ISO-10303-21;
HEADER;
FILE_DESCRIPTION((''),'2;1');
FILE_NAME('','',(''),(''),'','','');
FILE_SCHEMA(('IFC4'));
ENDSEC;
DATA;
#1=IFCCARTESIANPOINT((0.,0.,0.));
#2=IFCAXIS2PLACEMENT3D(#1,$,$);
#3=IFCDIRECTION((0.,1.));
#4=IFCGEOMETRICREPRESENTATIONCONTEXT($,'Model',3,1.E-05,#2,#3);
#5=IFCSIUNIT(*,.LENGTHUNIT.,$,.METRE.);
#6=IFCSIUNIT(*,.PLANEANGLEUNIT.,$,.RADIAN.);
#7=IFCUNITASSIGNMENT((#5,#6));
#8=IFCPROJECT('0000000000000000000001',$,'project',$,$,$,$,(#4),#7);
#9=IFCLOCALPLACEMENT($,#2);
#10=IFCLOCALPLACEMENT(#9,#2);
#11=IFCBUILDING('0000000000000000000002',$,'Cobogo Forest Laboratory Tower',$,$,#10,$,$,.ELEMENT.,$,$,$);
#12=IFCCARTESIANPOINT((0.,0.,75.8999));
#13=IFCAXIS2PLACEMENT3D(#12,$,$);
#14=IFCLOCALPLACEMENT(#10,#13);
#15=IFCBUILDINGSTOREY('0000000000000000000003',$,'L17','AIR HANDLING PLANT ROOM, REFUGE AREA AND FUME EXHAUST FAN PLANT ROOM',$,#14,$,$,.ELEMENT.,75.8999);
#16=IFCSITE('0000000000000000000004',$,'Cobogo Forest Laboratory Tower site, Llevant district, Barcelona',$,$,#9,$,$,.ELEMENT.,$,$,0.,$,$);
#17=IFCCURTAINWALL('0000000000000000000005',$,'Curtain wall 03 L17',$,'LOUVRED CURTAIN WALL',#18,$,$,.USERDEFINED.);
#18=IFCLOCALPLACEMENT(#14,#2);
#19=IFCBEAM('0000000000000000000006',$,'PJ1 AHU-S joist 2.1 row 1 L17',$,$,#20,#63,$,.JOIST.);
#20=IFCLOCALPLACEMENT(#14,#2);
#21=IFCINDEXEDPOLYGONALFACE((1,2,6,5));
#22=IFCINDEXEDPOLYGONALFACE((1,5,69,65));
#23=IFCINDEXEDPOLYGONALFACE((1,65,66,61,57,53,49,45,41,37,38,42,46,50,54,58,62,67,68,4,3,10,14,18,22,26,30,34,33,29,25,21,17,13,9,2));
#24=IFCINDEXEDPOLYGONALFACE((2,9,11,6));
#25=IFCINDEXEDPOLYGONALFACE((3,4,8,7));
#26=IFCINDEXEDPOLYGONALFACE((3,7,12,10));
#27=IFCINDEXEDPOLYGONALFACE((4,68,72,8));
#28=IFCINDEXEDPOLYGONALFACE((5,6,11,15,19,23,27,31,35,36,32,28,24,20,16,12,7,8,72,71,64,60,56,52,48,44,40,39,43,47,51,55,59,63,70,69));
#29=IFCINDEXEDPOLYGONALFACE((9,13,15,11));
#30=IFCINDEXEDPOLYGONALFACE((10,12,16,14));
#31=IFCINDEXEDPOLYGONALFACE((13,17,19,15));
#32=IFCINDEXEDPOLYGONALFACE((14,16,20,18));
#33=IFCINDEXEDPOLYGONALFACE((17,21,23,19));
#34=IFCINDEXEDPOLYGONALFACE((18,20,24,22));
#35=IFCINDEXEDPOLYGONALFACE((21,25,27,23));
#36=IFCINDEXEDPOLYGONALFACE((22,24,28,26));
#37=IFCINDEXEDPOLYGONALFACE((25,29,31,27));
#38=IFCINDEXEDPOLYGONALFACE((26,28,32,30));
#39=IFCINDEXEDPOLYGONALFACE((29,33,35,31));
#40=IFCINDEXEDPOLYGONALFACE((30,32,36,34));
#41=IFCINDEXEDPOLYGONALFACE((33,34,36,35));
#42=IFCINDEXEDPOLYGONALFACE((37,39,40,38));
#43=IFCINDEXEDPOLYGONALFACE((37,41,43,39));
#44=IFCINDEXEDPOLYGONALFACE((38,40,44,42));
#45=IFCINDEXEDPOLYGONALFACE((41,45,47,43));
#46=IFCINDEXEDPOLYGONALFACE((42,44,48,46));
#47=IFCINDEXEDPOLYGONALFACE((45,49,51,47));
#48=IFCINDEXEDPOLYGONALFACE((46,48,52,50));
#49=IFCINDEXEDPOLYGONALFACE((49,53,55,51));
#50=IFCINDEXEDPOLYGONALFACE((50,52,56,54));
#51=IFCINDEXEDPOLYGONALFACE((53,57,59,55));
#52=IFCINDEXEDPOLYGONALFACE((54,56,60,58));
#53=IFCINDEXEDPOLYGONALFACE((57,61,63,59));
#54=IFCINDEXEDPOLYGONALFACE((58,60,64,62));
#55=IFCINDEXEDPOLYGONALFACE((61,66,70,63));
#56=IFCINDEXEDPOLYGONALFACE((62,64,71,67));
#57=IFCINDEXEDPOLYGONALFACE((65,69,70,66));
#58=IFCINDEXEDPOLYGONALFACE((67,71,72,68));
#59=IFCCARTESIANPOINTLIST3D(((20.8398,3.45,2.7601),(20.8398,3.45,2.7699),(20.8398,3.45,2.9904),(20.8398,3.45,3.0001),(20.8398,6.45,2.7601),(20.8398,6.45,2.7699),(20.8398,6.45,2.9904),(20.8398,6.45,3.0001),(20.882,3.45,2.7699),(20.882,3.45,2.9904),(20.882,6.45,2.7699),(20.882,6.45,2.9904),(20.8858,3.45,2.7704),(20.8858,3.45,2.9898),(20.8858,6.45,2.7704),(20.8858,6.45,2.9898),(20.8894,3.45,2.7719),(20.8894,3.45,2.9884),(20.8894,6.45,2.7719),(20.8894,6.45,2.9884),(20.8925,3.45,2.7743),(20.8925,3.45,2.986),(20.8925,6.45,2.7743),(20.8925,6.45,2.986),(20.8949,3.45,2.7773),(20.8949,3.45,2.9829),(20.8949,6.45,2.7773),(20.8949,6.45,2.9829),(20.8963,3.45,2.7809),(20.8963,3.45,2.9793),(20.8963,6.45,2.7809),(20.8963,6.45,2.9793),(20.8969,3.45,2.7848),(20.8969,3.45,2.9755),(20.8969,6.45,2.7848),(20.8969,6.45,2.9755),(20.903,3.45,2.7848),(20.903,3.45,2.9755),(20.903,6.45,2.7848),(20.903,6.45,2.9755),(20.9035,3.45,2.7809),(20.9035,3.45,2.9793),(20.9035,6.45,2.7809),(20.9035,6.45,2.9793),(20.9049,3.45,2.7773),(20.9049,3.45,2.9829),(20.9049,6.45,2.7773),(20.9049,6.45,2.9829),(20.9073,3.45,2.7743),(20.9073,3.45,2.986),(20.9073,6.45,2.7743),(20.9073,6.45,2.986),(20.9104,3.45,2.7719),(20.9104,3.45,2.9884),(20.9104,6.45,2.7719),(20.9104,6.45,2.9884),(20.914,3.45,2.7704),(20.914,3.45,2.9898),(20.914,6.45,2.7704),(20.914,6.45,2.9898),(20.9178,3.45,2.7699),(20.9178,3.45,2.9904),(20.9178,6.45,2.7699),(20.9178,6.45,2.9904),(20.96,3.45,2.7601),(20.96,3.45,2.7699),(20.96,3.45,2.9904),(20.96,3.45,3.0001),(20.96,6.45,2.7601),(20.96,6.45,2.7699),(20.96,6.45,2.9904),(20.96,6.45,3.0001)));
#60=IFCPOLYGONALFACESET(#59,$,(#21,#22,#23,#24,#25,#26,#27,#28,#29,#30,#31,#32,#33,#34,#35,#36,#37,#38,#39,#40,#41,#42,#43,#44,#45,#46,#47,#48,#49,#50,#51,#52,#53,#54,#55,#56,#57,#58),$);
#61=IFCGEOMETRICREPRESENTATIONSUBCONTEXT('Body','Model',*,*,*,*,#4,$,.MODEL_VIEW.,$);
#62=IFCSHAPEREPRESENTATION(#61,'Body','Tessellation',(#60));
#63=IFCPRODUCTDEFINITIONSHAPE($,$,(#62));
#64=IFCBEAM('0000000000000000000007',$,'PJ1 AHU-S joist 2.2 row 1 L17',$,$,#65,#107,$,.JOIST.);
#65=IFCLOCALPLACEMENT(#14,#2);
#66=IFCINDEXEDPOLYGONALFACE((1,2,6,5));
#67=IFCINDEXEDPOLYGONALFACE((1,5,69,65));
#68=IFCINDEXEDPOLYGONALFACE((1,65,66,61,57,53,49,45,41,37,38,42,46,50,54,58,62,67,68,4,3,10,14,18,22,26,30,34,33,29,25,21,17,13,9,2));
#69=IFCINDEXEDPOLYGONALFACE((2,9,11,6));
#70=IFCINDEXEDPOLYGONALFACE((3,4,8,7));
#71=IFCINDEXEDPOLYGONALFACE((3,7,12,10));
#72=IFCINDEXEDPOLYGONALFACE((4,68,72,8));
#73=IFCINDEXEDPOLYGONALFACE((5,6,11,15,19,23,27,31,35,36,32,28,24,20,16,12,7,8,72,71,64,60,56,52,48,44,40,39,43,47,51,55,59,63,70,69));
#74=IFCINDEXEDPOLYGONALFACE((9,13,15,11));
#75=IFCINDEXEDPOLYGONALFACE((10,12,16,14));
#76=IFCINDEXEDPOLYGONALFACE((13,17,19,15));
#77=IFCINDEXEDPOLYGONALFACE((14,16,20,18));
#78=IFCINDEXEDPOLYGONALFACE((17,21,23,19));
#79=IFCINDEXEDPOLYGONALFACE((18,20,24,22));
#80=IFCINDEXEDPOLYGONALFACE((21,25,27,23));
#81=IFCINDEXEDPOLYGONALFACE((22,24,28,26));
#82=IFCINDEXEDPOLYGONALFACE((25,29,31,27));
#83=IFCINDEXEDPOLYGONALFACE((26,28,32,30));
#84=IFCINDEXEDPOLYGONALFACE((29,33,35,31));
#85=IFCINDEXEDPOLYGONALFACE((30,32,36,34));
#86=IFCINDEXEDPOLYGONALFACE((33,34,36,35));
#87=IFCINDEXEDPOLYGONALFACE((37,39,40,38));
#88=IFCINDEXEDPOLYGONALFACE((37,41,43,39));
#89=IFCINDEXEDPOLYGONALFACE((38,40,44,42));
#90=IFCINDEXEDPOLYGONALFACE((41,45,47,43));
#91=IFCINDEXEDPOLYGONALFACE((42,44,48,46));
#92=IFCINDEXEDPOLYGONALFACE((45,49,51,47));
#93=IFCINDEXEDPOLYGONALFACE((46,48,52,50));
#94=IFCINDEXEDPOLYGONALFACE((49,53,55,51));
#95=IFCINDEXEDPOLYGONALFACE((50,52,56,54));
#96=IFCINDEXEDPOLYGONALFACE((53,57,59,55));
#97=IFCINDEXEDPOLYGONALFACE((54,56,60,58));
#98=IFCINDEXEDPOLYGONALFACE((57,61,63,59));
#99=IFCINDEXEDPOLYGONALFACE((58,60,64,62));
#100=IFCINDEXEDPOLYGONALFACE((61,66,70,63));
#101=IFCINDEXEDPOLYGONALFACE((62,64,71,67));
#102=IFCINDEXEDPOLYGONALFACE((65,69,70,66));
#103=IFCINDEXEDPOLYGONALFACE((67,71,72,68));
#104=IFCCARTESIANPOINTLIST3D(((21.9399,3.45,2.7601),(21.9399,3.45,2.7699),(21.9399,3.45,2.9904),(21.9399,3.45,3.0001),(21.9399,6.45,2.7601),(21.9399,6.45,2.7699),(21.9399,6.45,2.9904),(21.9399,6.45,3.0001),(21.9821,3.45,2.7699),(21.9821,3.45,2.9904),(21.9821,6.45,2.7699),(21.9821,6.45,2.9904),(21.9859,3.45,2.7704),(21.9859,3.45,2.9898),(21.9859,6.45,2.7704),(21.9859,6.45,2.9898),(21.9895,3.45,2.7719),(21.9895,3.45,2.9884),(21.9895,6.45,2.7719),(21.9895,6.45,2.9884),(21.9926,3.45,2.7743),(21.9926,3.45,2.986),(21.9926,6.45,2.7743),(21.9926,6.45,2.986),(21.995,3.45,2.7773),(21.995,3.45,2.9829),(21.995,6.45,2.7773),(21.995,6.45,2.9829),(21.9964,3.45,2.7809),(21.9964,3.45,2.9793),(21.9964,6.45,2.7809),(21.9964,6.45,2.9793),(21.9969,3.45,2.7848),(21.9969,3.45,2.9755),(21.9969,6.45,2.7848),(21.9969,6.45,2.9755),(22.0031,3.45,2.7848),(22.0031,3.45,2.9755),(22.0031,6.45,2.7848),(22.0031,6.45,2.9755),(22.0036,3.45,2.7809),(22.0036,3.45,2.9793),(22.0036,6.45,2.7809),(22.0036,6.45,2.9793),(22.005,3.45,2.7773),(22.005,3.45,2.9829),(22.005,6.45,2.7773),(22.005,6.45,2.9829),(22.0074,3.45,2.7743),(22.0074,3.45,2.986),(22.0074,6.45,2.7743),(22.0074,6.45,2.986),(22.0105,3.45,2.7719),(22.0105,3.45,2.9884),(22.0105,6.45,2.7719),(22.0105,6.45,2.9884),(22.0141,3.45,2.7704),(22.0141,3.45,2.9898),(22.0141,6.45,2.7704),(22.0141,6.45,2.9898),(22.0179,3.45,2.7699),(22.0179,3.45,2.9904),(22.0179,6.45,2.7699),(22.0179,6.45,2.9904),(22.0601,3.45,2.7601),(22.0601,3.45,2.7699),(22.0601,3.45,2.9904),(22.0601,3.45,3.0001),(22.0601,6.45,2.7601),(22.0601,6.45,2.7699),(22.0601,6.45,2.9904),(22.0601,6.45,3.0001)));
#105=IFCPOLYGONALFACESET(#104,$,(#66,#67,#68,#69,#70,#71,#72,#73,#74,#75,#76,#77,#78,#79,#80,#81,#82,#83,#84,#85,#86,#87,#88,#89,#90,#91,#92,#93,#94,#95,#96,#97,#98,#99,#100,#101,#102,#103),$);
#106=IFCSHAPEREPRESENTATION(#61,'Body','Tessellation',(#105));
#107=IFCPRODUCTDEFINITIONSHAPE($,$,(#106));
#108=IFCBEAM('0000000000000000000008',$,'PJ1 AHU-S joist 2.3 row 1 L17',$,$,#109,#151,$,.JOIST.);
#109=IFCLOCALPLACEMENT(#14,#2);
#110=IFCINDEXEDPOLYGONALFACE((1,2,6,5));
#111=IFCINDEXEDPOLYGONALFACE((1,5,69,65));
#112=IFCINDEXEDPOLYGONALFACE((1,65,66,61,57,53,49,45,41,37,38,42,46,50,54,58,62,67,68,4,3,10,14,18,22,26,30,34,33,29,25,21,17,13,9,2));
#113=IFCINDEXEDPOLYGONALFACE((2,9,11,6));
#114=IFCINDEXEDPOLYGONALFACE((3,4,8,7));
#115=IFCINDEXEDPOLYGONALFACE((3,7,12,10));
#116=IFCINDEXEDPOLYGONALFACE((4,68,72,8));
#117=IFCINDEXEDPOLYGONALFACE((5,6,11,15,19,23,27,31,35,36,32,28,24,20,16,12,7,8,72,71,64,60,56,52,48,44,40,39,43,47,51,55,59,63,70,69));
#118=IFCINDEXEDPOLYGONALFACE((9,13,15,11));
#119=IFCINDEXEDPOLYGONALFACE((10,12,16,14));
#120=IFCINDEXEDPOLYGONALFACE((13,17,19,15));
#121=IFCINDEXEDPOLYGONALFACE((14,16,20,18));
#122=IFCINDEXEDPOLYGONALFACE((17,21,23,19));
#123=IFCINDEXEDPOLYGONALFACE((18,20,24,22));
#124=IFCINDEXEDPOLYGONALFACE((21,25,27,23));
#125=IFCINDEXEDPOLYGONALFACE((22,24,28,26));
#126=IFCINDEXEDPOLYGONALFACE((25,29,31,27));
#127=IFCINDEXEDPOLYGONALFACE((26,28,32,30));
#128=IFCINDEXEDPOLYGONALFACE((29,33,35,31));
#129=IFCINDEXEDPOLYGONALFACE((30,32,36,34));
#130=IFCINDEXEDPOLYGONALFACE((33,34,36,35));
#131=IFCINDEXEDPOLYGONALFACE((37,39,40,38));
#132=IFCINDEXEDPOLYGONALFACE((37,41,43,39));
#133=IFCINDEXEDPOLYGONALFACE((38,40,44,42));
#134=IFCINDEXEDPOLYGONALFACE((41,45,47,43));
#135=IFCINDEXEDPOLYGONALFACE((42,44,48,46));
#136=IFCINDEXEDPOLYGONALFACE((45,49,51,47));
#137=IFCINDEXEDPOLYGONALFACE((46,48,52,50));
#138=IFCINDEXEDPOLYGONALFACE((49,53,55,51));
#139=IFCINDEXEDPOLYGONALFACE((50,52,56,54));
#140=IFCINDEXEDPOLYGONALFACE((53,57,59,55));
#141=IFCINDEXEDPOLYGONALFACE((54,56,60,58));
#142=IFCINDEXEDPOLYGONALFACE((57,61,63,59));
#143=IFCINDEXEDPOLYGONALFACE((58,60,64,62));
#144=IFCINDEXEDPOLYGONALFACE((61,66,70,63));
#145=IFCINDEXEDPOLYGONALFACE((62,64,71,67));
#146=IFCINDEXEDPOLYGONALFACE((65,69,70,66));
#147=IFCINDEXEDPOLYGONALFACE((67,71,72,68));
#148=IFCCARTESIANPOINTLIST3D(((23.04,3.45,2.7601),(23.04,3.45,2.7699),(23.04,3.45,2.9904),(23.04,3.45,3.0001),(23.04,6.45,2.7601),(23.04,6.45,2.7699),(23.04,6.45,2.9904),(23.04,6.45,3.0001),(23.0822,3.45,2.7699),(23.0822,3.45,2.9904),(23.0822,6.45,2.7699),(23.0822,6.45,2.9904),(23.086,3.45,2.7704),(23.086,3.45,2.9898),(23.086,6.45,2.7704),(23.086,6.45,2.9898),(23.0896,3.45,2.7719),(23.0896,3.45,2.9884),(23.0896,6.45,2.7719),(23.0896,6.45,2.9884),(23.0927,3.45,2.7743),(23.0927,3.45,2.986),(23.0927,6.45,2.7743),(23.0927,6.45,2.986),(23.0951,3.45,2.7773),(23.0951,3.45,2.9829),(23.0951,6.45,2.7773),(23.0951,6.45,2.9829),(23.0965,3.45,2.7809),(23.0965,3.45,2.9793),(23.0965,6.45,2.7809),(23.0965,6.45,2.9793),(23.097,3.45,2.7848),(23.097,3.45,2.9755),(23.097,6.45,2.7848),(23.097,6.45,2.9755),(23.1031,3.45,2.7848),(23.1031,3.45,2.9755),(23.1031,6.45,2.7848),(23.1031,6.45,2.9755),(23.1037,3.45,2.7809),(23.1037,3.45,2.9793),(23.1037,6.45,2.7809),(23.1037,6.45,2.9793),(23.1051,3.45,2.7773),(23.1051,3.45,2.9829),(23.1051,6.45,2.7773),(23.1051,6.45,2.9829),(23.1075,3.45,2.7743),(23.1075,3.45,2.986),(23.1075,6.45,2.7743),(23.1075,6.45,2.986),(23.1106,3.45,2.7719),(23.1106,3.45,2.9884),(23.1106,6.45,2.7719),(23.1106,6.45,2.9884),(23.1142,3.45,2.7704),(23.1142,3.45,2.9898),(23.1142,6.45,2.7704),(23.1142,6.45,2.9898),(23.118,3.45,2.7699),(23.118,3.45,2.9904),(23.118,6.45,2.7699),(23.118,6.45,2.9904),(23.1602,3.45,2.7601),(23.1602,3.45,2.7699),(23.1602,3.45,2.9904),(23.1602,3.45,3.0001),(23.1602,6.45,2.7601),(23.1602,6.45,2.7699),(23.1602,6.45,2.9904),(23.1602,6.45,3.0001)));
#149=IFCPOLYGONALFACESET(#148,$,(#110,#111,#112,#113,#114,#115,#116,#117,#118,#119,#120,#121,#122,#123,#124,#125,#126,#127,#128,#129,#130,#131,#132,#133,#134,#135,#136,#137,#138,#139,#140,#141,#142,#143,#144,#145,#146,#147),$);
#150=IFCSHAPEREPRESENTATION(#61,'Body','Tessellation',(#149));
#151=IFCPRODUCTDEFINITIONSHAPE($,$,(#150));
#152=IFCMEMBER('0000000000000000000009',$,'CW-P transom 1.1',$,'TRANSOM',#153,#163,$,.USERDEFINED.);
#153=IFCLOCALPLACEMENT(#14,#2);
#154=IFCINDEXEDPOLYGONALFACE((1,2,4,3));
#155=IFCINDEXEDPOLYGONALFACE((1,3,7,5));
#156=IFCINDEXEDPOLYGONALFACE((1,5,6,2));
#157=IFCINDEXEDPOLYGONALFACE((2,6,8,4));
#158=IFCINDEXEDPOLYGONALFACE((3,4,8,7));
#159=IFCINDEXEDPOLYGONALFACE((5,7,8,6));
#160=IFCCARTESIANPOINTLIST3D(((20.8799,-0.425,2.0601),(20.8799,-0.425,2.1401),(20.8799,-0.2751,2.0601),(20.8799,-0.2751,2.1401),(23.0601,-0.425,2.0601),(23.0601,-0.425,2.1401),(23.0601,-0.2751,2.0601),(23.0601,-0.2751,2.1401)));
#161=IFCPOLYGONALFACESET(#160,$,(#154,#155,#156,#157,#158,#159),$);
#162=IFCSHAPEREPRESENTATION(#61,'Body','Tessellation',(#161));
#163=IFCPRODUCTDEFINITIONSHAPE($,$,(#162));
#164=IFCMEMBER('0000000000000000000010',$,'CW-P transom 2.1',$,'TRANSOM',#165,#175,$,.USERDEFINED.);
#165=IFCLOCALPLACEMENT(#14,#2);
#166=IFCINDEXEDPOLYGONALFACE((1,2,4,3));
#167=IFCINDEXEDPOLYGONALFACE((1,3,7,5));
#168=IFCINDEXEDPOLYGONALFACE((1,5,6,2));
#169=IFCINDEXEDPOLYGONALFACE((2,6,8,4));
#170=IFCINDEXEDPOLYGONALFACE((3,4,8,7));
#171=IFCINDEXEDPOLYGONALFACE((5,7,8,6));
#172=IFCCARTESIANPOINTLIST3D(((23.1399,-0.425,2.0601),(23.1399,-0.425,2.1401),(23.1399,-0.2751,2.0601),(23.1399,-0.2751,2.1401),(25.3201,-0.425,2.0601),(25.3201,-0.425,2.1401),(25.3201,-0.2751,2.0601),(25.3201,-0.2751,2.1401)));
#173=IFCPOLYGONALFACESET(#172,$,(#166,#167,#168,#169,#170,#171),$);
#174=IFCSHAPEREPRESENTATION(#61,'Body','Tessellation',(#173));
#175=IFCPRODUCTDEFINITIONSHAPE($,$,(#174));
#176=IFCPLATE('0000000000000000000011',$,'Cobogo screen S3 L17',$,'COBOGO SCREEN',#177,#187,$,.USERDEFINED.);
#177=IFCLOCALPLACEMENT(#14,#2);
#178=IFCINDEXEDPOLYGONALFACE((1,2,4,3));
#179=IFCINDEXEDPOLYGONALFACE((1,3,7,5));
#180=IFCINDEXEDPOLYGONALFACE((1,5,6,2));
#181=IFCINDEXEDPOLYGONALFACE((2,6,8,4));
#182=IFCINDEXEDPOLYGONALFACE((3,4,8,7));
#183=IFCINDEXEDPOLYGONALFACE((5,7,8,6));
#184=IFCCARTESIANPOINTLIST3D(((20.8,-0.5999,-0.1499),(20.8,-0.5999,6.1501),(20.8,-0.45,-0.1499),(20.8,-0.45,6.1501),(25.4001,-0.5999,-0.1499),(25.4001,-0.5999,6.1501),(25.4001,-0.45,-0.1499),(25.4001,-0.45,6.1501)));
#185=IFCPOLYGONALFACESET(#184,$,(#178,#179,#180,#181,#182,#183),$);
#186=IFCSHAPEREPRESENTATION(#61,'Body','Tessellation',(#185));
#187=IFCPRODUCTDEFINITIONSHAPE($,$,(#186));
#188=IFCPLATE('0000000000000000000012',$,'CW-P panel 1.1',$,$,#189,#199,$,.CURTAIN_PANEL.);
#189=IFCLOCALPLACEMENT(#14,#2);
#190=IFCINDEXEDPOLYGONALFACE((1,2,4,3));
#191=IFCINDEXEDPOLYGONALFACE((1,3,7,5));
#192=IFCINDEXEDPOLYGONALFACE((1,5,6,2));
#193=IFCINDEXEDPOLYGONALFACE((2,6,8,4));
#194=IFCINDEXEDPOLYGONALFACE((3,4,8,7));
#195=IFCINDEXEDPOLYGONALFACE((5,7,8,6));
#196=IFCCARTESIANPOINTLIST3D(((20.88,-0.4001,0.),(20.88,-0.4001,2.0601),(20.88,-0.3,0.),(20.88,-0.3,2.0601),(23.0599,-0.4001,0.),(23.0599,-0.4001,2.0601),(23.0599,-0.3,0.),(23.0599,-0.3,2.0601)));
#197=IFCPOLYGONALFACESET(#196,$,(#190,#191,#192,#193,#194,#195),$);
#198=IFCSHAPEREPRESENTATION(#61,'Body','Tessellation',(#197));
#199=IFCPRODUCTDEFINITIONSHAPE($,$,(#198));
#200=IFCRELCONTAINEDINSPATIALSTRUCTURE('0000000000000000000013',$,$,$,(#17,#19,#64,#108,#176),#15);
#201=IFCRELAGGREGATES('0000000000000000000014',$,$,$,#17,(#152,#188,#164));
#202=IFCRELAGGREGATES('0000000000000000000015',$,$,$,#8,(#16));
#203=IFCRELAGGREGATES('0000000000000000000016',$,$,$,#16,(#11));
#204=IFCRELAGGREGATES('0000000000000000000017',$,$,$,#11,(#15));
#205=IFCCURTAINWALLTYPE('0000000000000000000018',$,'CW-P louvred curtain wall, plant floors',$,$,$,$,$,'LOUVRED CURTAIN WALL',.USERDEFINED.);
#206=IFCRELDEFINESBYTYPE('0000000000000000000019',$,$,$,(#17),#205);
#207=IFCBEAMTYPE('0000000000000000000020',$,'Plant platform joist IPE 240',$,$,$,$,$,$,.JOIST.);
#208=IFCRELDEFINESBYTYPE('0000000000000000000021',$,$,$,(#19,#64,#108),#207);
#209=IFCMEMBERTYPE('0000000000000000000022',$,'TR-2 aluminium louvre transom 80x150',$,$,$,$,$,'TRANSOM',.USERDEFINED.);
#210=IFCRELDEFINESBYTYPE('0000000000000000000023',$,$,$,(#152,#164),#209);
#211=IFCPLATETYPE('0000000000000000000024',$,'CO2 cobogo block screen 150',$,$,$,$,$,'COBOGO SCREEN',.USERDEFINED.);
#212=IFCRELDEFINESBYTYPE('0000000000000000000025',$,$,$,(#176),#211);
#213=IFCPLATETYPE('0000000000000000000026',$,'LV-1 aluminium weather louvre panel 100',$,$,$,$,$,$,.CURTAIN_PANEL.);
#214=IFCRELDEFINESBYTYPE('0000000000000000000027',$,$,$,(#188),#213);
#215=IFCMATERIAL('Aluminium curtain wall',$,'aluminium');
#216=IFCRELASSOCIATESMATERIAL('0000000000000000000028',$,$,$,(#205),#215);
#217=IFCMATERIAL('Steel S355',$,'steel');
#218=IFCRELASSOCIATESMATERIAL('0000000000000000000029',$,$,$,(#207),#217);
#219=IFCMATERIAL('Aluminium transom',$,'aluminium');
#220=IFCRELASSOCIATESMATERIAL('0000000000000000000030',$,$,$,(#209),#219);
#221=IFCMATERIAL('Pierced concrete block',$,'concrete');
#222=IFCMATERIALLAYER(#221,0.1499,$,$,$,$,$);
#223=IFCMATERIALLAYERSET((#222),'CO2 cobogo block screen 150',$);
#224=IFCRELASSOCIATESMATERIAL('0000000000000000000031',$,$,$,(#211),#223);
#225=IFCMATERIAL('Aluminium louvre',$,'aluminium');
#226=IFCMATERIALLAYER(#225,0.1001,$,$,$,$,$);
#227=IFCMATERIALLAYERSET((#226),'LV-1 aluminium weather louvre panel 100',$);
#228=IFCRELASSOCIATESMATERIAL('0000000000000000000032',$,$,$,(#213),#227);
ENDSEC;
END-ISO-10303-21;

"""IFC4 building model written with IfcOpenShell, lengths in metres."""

from ifc_helpers import new_model, si_unit, direction, frame, origin, origin_2d, place, context, subcontext, project, spatial, rectangle, i_section, extrude, material, layer, layer_set, material_profile, profile_set, type_object, element, aggregate, save


model = new_model("IFC4")

# Units and contexts
model_context = context("Model", 3, precision=1e-05, world=origin(), true_north=direction((0.0, 1.0)))
body_context = subcontext(model_context, "Body", "Model", "MODEL_VIEW")
ifc_project = project(units=[si_unit("LENGTHUNIT", "METRE"), si_unit("PLANEANGLEUNIT", "RADIAN")], contexts=[model_context])

# Site, building, storey
site_placement = place(None, origin())
site = spatial("IfcSite", under=ifc_project, at=site_placement, Name="Cobogo Forest Laboratory Tower site, Llevant district, Barcelona", CompositionType="ELEMENT", RefElevation=0.0)
building_placement = place(site_placement, origin())
building = spatial("IfcBuilding", under=site, at=building_placement, Name="Cobogo Forest Laboratory Tower", CompositionType="ELEMENT")
storey_placement = place(building_placement, frame((0.0, 0.0, 75.8999)))
storey = spatial("IfcBuildingStorey", under=building, at=storey_placement, Name="L17", Description="AIR HANDLING PLANT ROOM, REFUGE AREA AND FUME EXHAUST FAN PLANT ROOM", CompositionType="ELEMENT", Elevation=75.8999)

# Curtain wall
ifc_material_1 = material(Name="Aluminium curtain wall", Category="aluminium")
curtain_wall_type = type_object("IfcCurtainWallType", Name="CW-P louvred curtain wall, plant floors", ElementType="LOUVRED CURTAIN WALL", PredefinedType="USERDEFINED", material=ifc_material_1)
curtain_wall_placement = place(storey_placement, origin())
curtain_wall = element("IfcCurtainWall", 1, at=curtain_wall_placement, inside=storey, type_object=curtain_wall_type, Name="Curtain wall 03 L17", ObjectType="LOUVRED CURTAIN WALL", PredefinedType="USERDEFINED")

# Shared definitions
ifc_material_2 = material(Name="Steel S355", Category="steel")

# Beams
ifc_material_profile_1 = material_profile(ifc_material_2, i_section(OverallWidth=0.1201, OverallDepth=0.24, WebThickness=0.0061, FlangeThickness=0.0098, FilletRadius=0.0149, at=origin_2d()), Name="IPE 240")
ifc_profile_set_1 = profile_set([ifc_material_profile_1], Name="Steel S355")
beam_type_1 = type_object("IfcBeamType", Name="Plant platform joist IPE 240", PredefinedType="JOIST", material=ifc_profile_set_1)
for number, where, z_axis, x_axis, name in (
    (2, (20.8999, 3.45, 2.8801), (0.0, 1.0, 0.0), (-1.0, 0.0, 0.0), "PJ1 AHU-S joist 2.1 row 1 L17"),
    (3, (22.0, 3.45, 2.8801), (0.0, 1.0, 0.0), (-1.0, 0.0, 0.0), "PJ1 AHU-S joist 2.2 row 1 L17"),
    (4, (23.1001, 3.45, 2.8801), (0.0, 1.0, 0.0), (-1.0, 0.0, 0.0), "PJ1 AHU-S joist 2.3 row 1 L17"),
):
    element("IfcBeam", number, at=place(storey_placement, frame(where, z_axis=z_axis, x_axis=x_axis)), inside=storey, type_object=beam_type_1, Name=name, PredefinedType="JOIST", context=body_context, shape_type="SweptSolid", body=[
        extrude(i_section(OverallWidth=0.1201, OverallDepth=0.24, WebThickness=0.0061, FlangeThickness=0.0098, FilletRadius=0.0149, at=origin_2d()), origin(), (0.0, 0.0, 1.0), 3.0),
    ])

# Members
ifc_material_3 = material(Name="Aluminium transom", Category="aluminium")
ifc_material_profile_2 = material_profile(ifc_material_3, rectangle(XDim=0.1499, YDim=0.0801, at=origin_2d()), Name="AL 80x150")
ifc_profile_set_2 = profile_set([ifc_material_profile_2], Name="Aluminium transom")
member_type_1 = type_object("IfcMemberType", Name="TR-2 aluminium louvre transom 80x150", ElementType="TRANSOM", PredefinedType="USERDEFINED", material=ifc_profile_set_2)
member_1_placement = place(storey_placement, frame((20.8799, -0.3501, 2.1001), z_axis=(1.0, 0.0, 0.0), x_axis=(0.0, 1.0, 0.0)))
member_1 = element("IfcMember", 5, at=member_1_placement, type_object=member_type_1, Name="CW-P transom 1.1", ObjectType="TRANSOM", PredefinedType="USERDEFINED", context=body_context, shape_type="SweptSolid", body=[
    extrude(rectangle(XDim=0.1499, YDim=0.0801, at=origin_2d()), origin(), (0.0, 0.0, 1.0), 2.1802),
])
member_2_placement = place(storey_placement, frame((23.1399, -0.3501, 2.1001), z_axis=(1.0, 0.0, 0.0), x_axis=(0.0, 1.0, 0.0)))
member_2 = element("IfcMember", 6, at=member_2_placement, type_object=member_type_1, Name="CW-P transom 2.1", ObjectType="TRANSOM", PredefinedType="USERDEFINED", context=body_context, shape_type="SweptSolid", body=[
    extrude(rectangle(XDim=0.1499, YDim=0.0801, at=origin_2d()), origin(), (0.0, 0.0, 1.0), 2.1802),
])

# Plates
ifc_material_4 = material(Name="Pierced concrete block", Category="concrete")
ifc_layer_1 = layer(ifc_material_4, 0.1499)
ifc_layer_set_1 = layer_set([ifc_layer_1], Name="CO2 cobogo block screen 150")
plate_type_1 = type_object("IfcPlateType", Name="CO2 cobogo block screen 150", ElementType="COBOGO SCREEN", PredefinedType="USERDEFINED", material=ifc_layer_set_1)
plate_1_placement = place(storey_placement, frame((23.1001, -0.5249, -0.1499), z_axis=(0.0, 0.0, 1.0), x_axis=(1.0, 0.0, 0.0)))
element("IfcPlate", 7, at=plate_1_placement, inside=storey, type_object=plate_type_1, Name="Cobogo screen S3 L17", ObjectType="COBOGO SCREEN", PredefinedType="USERDEFINED", context=body_context, shape_type="SweptSolid", body=[
    extrude(rectangle(XDim=4.6001, YDim=0.1499, at=origin_2d()), origin(), (0.0, 0.0, 1.0), 6.3),
])
ifc_material_5 = material(Name="Aluminium louvre", Category="aluminium")
ifc_layer_2 = layer(ifc_material_5, 0.1001)
ifc_layer_set_2 = layer_set([ifc_layer_2], Name="LV-1 aluminium weather louvre panel 100")
plate_type_2 = type_object("IfcPlateType", Name="LV-1 aluminium weather louvre panel 100", PredefinedType="CURTAIN_PANEL", material=ifc_layer_set_2)
plate_2_placement = place(storey_placement, frame((21.97, -0.3501, 0.0), z_axis=(0.0, 0.0, 1.0), x_axis=(1.0, 0.0, 0.0)))
plate_2 = element("IfcPlate", 8, at=plate_2_placement, type_object=plate_type_2, Name="CW-P panel 1.1", PredefinedType="CURTAIN_PANEL", context=body_context, shape_type="SweptSolid", body=[
    extrude(rectangle(XDim=2.1799, YDim=0.1001, at=origin_2d()), origin(), (0.0, 0.0, 1.0), 2.0601),
])
aggregate(curtain_wall, [member_1, plate_2, member_2])

save(model, "model.ifc")
